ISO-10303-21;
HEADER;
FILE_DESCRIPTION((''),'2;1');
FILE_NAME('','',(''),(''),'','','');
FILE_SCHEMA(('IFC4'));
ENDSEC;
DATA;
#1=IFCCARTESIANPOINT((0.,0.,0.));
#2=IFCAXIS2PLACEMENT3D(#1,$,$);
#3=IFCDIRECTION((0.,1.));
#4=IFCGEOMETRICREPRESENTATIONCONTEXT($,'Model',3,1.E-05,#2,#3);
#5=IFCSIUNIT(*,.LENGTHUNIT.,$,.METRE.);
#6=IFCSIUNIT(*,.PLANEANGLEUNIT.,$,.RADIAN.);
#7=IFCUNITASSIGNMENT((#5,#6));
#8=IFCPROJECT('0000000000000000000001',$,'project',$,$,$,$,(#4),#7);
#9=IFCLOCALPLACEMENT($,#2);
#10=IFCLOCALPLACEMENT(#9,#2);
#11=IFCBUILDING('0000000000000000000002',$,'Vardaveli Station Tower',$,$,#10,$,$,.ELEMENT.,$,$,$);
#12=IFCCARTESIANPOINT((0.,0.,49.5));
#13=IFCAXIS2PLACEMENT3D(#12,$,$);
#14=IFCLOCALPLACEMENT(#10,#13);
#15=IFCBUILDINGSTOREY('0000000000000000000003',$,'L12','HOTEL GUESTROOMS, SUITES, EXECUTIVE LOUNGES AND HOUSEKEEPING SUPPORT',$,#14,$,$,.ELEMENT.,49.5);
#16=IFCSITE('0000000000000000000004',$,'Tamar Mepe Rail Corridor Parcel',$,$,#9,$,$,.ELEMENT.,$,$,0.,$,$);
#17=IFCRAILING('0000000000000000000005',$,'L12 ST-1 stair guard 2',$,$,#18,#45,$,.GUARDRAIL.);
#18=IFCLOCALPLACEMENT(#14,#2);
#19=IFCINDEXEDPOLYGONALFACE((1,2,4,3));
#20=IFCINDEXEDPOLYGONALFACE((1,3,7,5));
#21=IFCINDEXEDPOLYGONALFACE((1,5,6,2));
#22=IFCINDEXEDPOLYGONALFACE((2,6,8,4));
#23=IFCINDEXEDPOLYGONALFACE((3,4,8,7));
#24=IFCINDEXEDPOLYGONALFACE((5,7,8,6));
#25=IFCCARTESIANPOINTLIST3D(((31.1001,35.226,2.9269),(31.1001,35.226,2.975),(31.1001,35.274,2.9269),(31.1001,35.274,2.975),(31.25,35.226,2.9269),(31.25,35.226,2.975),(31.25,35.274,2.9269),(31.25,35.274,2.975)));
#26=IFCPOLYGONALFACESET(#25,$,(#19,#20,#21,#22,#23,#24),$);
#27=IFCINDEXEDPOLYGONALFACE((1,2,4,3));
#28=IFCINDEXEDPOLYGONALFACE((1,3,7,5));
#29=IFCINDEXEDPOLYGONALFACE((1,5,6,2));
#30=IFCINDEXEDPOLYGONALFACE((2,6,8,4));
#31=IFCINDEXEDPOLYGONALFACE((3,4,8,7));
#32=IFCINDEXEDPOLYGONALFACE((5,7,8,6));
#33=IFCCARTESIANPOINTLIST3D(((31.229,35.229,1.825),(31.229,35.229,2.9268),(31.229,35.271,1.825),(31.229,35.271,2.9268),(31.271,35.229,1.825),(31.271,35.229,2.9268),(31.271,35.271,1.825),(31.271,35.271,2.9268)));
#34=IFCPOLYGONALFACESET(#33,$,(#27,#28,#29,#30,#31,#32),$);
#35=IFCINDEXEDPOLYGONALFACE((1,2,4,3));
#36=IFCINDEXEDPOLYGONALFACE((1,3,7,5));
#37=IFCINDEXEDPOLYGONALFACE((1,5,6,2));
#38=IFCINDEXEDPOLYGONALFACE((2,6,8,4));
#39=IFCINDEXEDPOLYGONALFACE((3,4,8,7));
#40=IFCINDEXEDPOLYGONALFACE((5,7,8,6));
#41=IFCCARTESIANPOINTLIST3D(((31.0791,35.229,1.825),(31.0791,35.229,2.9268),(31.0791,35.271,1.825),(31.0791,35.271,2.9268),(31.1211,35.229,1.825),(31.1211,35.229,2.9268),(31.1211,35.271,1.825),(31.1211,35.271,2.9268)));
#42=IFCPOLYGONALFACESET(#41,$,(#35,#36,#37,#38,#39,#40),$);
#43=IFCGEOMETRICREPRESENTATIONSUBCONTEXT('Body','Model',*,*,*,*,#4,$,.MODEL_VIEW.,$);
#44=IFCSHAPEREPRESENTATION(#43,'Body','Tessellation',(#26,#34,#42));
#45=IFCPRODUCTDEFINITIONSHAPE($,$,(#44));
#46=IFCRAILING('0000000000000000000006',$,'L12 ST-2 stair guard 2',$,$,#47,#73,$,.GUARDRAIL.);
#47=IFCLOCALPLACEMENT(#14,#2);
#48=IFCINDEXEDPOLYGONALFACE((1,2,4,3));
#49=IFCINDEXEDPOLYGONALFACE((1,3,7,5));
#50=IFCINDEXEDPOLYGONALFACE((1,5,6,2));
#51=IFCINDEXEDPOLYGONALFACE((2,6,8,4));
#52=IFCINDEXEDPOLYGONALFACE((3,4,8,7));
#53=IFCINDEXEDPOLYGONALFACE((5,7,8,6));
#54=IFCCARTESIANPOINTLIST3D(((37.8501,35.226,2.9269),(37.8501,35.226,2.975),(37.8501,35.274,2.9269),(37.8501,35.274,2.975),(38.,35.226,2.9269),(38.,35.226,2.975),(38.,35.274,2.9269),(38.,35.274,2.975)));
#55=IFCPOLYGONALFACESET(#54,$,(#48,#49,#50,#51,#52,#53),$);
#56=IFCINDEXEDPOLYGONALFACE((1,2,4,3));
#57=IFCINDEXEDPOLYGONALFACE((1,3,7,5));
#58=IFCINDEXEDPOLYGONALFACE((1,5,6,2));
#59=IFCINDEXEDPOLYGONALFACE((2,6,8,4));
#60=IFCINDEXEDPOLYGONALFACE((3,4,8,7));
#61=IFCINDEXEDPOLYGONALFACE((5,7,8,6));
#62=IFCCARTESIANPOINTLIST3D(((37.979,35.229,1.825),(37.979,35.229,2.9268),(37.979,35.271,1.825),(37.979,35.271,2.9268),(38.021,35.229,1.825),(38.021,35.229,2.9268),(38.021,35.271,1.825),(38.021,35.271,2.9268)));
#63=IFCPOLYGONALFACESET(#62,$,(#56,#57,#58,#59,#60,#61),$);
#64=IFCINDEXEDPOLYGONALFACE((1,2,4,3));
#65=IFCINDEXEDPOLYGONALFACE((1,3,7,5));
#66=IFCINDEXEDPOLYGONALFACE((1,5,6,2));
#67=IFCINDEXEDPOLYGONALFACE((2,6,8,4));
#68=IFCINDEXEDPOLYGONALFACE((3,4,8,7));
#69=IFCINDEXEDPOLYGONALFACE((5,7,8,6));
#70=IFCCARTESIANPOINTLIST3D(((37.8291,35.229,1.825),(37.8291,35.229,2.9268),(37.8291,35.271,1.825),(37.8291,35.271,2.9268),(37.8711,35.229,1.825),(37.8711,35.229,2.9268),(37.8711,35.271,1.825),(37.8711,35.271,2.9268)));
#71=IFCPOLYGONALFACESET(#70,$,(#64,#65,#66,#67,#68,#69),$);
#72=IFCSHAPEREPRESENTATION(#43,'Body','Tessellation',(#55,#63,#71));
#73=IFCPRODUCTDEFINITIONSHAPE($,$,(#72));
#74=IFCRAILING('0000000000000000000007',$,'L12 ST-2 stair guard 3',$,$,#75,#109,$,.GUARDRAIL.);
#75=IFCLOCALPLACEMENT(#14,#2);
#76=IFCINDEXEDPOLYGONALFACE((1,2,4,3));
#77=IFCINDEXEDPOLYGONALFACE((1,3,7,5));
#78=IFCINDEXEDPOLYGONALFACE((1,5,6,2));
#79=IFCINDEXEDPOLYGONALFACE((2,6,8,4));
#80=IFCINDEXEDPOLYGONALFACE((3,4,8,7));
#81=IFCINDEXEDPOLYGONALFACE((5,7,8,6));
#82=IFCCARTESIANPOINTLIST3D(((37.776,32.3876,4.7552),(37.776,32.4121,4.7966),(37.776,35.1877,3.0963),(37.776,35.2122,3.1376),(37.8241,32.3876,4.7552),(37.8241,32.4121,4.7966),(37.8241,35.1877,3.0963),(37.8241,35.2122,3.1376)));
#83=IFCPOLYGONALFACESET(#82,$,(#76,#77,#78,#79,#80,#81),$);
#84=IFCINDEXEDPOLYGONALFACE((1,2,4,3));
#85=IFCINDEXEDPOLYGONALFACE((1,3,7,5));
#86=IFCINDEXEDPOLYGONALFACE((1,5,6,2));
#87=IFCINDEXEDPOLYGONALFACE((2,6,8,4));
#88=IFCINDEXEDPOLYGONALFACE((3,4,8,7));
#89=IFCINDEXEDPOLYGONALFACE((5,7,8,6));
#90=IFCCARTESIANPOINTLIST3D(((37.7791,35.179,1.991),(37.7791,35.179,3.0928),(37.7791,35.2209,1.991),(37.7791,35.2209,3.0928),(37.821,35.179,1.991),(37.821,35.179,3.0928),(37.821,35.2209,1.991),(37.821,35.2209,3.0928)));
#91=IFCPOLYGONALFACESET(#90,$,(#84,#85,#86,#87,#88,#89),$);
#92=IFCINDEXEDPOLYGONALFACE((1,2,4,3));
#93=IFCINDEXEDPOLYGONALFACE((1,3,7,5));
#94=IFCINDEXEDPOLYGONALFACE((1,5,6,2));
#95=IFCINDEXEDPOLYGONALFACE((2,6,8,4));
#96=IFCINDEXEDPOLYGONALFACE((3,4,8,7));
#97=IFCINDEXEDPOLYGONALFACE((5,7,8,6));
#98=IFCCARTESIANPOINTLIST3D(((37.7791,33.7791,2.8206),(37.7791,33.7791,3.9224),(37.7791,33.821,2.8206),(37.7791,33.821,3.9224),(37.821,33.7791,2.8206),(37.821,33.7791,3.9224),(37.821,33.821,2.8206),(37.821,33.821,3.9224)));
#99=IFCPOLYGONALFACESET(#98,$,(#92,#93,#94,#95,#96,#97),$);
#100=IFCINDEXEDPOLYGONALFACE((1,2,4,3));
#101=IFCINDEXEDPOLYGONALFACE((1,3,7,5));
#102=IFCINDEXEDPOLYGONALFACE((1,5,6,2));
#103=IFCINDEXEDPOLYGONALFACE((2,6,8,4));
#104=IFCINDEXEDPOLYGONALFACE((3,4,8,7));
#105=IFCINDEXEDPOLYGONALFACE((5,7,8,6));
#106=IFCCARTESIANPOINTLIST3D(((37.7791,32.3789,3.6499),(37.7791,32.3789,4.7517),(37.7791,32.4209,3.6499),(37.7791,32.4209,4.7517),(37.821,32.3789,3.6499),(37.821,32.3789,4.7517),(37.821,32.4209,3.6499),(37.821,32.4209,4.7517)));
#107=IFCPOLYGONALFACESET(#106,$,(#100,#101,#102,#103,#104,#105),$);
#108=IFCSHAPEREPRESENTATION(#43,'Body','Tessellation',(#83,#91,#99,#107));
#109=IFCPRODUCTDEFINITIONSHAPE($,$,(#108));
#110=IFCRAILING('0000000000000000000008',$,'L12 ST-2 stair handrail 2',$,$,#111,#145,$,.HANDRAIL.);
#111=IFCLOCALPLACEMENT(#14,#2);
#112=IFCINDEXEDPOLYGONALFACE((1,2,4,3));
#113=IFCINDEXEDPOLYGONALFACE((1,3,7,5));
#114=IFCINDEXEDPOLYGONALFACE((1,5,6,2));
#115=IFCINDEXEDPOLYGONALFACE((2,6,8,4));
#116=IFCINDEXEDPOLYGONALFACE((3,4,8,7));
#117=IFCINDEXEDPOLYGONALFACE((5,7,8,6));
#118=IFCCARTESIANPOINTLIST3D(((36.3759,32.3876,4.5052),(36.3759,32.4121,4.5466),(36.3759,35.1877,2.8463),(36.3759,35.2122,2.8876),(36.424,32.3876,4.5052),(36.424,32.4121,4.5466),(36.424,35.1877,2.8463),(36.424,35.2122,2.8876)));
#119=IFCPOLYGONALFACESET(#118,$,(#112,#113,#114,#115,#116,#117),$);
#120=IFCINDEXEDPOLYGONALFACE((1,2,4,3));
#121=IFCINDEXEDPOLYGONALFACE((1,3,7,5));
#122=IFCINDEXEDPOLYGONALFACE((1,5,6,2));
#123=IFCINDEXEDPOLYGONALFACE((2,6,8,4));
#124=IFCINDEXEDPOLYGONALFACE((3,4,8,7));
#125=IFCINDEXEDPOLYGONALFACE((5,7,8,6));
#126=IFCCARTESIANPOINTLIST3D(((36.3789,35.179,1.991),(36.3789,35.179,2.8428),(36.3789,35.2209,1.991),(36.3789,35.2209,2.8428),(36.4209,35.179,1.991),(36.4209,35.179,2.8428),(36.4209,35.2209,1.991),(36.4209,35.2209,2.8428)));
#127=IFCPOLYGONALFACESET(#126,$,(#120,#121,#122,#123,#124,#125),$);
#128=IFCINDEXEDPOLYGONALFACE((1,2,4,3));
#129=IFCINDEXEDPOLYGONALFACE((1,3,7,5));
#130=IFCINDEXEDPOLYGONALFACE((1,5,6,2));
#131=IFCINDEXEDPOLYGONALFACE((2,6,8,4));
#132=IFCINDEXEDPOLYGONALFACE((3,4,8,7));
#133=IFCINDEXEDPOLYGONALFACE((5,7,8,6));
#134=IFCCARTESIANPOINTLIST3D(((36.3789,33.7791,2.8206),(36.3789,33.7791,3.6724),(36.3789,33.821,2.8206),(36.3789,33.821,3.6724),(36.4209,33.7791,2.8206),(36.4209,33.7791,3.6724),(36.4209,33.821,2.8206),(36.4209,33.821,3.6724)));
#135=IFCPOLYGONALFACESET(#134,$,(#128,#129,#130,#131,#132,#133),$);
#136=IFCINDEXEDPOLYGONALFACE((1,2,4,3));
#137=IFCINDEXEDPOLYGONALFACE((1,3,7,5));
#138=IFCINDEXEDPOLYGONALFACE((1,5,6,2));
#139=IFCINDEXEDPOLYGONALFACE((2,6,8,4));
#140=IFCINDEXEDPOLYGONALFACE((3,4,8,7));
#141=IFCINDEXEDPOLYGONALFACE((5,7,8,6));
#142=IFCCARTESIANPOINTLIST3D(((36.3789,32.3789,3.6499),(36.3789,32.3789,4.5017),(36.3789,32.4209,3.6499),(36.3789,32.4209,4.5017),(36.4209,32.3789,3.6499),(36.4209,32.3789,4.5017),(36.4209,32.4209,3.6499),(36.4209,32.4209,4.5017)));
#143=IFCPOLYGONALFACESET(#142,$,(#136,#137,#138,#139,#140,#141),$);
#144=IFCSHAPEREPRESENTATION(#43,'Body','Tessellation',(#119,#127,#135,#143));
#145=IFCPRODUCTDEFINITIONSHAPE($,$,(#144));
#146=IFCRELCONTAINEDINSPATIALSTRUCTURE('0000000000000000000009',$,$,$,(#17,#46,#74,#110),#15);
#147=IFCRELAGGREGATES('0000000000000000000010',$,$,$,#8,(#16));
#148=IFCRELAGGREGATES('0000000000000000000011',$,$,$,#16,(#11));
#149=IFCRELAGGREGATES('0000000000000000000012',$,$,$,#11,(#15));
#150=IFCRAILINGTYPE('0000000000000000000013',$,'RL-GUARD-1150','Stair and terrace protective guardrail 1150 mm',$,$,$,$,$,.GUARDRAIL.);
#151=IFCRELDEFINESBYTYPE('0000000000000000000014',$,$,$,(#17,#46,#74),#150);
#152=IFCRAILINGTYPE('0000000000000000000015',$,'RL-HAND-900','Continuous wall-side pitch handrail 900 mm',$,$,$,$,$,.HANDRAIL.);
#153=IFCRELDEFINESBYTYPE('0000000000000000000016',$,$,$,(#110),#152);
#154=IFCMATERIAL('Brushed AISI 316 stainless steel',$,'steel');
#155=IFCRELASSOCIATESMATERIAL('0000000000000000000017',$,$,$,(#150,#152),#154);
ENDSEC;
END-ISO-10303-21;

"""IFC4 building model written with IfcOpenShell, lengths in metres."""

from ifc_helpers import new_model, si_unit, direction, frame, origin, origin_2d, place, context, subcontext, project, spatial, rectangle, extrude, source, transform, mapped, material, type_object, element, save


model = new_model("IFC4")

# Units and contexts
model_context = context("Model", 3, precision=1e-05, world=origin(), true_north=direction((0.0, 1.0)))
body_context = subcontext(model_context, "Body", "Model", "MODEL_VIEW")
ifc_project = project(units=[si_unit("LENGTHUNIT", "METRE"), si_unit("PLANEANGLEUNIT", "RADIAN")], contexts=[model_context])

# Site, building, storey
site_placement = place(None, origin())
site = spatial("IfcSite", under=ifc_project, at=site_placement, Name="Tamar Mepe Rail Corridor Parcel", CompositionType="ELEMENT", RefElevation=0.0)
building_placement = place(site_placement, origin())
building = spatial("IfcBuilding", under=site, at=building_placement, Name="Vardaveli Station Tower", CompositionType="ELEMENT")
storey_placement = place(building_placement, frame((0.0, 0.0, 49.5)))
storey = spatial("IfcBuildingStorey", under=building, at=storey_placement, Name="L12", Description="HOTEL GUESTROOMS, SUITES, EXECUTIVE LOUNGES AND HOUSEKEEPING SUPPORT", CompositionType="ELEMENT", Elevation=49.5)

# Railings
ifc_material_1 = material(Name="Brushed AISI 316 stainless steel", Category="steel")
railing_type_1 = type_object("IfcRailingType", Name="RL-GUARD-1150", Description="Stair and terrace protective guardrail 1150 mm", PredefinedType="GUARDRAIL", material=ifc_material_1)
shared_shape_1 = source(origin(), body_context, "Body", "SweptSolid", [
    extrude(rectangle(XDim=0.0481, YDim=0.0481, at=origin_2d()), frame((0.0, 0.0, 1.126), z_axis=(-1.0, 0.0, 0.0), x_axis=(0.0, -1.0, 0.0)), (0.0, 0.0, 1.0), 0.1499),
    extrude(rectangle(XDim=0.042, YDim=0.042, at=origin_2d()), origin(), (0.0, 0.0, 1.0), 1.1018),
    extrude(rectangle(XDim=0.042, YDim=0.042, at=origin_2d()), frame((-0.1499, 0.0, 0.0)), (0.0, 0.0, 1.0), 1.1018),
])
for number, where, name in (
    (1, (31.25, 35.25, 1.825), "L12 ST-1 stair guard 2"),
    (2, (38.0, 35.25, 1.825), "L12 ST-2 stair guard 2"),
):
    element("IfcRailing", number, at=place(storey_placement, frame(where)), inside=storey, type_object=railing_type_1, Name=name, PredefinedType="GUARDRAIL", context=body_context, shape_type="MappedRepresentation", body=[
        mapped(shared_shape_1, transform((0.0, 0.0, 0.0), scale=1.0)),
    ])
shared_shape_2 = source(origin(), body_context, "Body", "SweptSolid", [
    extrude(rectangle(XDim=0.0481, YDim=0.0481, at=origin_2d()), frame((0.0, 0.0, 1.126), z_axis=(0.0, -0.860339, 0.509722), x_axis=(1.0, 0.0, 0.0)), (0.0, 0.0, 1.0), 3.2546),
    extrude(rectangle(XDim=0.042, YDim=0.042, at=origin_2d()), origin(), (0.0, 0.0, 1.0), 1.1018),
    extrude(rectangle(XDim=0.042, YDim=0.042, at=origin_2d()), frame((0.0, -1.3999, 0.8296)), (0.0, 0.0, 1.0), 1.1018),
    extrude(rectangle(XDim=0.042, YDim=0.042, at=origin_2d()), frame((0.0, -2.8, 1.6589)), (0.0, 0.0, 1.0), 1.1018),
])
railing_1_placement = place(storey_placement, frame((37.8, 35.2, 1.991)))
element("IfcRailing", 3, at=railing_1_placement, inside=storey, type_object=railing_type_1, Name="L12 ST-2 stair guard 3", PredefinedType="GUARDRAIL", context=body_context, shape_type="MappedRepresentation", body=[
    mapped(shared_shape_2, transform((0.0, 0.0, 0.0), scale=1.0)),
])
railing_type_2 = type_object("IfcRailingType", Name="RL-HAND-900", Description="Continuous wall-side pitch handrail 900 mm", PredefinedType="HANDRAIL", material=ifc_material_1)
shared_shape_3 = source(origin(), body_context, "Body", "SweptSolid", [
    extrude(rectangle(XDim=0.0481, YDim=0.0481, at=origin_2d()), frame((0.0, 0.0, 0.876), z_axis=(0.0, -0.860339, 0.509722), x_axis=(1.0, 0.0, 0.0)), (0.0, 0.0, 1.0), 3.2546),
    extrude(rectangle(XDim=0.042, YDim=0.042, at=origin_2d()), origin(), (0.0, 0.0, 1.0), 0.8518),
    extrude(rectangle(XDim=0.042, YDim=0.042, at=origin_2d()), frame((0.0, -1.3999, 0.8296)), (0.0, 0.0, 1.0), 0.8518),
    extrude(rectangle(XDim=0.042, YDim=0.042, at=origin_2d()), frame((0.0, -2.8, 1.6589)), (0.0, 0.0, 1.0), 0.8518),
])
railing_2_placement = place(storey_placement, frame((36.3999, 35.2, 1.991)))
element("IfcRailing", 4, at=railing_2_placement, inside=storey, type_object=railing_type_2, Name="L12 ST-2 stair handrail 2", PredefinedType="HANDRAIL", context=body_context, shape_type="MappedRepresentation", body=[
    mapped(shared_shape_3, transform((0.0, 0.0, 0.0), scale=1.0)),
])

save(model, "model.ifc")
